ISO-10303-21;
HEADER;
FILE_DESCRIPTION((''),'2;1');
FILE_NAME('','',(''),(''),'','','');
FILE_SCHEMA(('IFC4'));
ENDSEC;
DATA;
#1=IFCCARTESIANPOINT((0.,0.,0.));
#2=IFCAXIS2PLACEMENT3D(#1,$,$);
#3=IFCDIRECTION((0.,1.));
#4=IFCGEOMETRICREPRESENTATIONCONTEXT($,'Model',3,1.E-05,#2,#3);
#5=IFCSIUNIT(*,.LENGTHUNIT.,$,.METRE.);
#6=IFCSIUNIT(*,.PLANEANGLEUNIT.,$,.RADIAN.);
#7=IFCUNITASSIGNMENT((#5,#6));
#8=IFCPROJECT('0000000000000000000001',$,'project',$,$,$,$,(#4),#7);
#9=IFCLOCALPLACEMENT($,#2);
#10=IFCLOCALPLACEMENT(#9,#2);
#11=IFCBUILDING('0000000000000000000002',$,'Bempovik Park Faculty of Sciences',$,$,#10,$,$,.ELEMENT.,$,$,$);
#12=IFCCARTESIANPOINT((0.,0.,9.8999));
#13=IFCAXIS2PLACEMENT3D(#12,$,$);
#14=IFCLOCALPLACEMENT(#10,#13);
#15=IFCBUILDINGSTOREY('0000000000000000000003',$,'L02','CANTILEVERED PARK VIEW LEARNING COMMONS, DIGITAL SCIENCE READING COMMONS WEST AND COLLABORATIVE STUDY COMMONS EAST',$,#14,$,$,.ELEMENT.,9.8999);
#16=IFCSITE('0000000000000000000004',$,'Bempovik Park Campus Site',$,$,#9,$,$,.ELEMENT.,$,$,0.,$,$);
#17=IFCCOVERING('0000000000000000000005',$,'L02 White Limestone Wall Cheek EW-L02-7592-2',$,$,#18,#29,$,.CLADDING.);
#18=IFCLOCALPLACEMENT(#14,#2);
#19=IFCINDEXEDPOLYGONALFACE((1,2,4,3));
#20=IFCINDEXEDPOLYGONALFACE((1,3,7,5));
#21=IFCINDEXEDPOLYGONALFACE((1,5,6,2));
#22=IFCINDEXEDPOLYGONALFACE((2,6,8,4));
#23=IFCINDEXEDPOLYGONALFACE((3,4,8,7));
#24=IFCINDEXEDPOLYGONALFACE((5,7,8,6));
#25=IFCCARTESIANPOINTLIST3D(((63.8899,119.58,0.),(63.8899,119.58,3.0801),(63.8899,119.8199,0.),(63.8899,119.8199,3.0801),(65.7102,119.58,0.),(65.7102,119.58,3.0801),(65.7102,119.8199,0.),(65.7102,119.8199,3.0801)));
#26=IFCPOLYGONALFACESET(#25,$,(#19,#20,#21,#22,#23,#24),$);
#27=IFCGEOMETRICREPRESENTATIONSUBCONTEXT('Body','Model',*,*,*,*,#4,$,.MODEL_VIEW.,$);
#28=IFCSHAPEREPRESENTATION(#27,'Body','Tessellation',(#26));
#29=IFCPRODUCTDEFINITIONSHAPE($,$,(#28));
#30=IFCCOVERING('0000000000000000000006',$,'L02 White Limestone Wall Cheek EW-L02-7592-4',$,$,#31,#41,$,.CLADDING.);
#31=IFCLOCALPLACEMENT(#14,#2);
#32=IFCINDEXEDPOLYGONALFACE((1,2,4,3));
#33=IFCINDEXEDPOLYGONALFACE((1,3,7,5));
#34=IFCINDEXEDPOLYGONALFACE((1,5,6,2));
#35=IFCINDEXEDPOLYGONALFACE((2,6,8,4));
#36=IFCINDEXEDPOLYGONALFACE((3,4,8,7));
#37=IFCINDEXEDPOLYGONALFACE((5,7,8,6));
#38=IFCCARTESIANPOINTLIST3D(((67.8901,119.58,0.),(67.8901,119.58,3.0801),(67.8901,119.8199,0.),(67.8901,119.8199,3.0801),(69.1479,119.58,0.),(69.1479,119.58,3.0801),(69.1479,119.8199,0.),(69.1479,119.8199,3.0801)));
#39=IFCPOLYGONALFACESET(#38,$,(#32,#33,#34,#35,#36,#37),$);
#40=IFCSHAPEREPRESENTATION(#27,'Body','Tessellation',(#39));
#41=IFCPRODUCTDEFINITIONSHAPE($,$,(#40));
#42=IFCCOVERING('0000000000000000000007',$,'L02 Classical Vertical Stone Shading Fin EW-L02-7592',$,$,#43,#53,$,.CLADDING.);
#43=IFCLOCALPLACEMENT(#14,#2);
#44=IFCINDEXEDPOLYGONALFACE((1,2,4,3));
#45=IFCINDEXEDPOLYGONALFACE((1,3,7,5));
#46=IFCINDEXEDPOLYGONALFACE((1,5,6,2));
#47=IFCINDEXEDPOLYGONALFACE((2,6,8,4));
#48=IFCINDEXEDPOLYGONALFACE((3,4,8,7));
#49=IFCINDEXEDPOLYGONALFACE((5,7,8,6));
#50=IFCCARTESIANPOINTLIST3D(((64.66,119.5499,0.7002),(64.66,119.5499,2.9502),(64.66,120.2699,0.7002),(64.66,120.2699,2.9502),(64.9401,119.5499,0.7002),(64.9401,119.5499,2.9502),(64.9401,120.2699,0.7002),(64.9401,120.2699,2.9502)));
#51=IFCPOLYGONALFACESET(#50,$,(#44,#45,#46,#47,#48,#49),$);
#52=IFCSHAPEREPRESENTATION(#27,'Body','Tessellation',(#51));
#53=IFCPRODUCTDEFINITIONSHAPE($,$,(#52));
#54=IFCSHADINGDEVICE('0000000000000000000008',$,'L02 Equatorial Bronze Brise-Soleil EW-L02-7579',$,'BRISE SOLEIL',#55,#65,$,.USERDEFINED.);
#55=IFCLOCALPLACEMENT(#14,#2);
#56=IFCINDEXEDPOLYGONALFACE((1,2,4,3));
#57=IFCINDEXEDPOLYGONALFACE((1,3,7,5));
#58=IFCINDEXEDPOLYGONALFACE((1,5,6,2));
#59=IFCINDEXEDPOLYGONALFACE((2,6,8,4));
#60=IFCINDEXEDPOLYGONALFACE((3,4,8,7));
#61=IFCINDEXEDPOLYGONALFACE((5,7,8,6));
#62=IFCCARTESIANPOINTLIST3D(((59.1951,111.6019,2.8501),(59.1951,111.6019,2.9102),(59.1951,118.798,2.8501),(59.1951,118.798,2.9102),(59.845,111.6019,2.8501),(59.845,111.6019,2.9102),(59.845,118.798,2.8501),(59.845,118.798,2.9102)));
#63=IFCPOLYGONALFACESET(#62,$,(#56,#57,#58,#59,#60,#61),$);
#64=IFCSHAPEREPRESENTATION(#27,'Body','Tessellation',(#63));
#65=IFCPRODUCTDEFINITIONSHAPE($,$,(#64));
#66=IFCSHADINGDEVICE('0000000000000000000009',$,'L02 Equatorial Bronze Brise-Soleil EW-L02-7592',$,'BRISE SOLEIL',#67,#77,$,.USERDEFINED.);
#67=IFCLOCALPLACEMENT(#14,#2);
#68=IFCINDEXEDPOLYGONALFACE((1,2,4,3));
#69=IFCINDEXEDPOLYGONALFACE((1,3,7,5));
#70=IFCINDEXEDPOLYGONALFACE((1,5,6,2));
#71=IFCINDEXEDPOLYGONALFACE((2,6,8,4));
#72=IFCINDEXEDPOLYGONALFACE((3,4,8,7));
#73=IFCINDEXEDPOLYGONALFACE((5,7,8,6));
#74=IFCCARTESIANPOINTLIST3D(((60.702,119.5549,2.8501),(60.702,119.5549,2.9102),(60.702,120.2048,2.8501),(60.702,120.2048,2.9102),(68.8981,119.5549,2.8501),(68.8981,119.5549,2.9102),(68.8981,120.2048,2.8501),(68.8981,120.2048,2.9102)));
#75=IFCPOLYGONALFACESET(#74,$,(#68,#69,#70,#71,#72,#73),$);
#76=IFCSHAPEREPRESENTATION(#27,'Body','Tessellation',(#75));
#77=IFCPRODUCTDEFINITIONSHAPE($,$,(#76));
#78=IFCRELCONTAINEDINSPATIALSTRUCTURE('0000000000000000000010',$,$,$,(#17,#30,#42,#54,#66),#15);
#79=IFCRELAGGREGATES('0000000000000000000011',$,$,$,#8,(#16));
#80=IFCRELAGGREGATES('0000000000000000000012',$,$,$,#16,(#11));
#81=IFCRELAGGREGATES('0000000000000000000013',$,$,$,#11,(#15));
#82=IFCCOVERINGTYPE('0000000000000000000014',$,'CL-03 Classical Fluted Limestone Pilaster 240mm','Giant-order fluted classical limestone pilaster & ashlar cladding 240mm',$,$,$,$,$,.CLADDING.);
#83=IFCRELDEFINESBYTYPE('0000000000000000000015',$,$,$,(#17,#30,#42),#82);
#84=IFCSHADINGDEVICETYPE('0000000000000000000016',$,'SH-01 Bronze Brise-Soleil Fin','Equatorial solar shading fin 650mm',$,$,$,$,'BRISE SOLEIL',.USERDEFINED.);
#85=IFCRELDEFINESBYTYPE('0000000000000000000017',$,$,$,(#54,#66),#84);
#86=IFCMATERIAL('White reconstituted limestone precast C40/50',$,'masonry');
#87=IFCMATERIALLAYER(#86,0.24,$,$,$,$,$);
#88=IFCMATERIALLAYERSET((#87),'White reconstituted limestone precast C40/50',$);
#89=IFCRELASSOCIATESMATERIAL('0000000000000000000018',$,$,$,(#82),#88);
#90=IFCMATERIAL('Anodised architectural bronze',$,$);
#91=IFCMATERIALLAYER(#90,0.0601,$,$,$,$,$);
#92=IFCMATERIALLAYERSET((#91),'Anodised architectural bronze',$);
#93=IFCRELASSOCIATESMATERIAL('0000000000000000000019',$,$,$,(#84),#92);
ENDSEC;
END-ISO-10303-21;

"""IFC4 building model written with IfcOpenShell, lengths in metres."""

from ifc_helpers import new_model, si_unit, direction, frame, origin, origin_2d, place, context, subcontext, project, spatial, rectangle, extrude, material, layer, layer_set, type_object, element, save


model = new_model("IFC4")

# Units and contexts
model_context = context("Model", 3, precision=1e-05, world=origin(), true_north=direction((0.0, 1.0)))
body_context = subcontext(model_context, "Body", "Model", "MODEL_VIEW")
ifc_project = project(units=[si_unit("LENGTHUNIT", "METRE"), si_unit("PLANEANGLEUNIT", "RADIAN")], contexts=[model_context])

# Site, building, storey
site_placement = place(None, origin())
site = spatial("IfcSite", under=ifc_project, at=site_placement, Name="Bempovik Park Campus Site", CompositionType="ELEMENT", RefElevation=0.0)
building_placement = place(site_placement, origin())
building = spatial("IfcBuilding", under=site, at=building_placement, Name="Bempovik Park Faculty of Sciences", CompositionType="ELEMENT")
storey_placement = place(building_placement, frame((0.0, 0.0, 9.8999)))
storey = spatial("IfcBuildingStorey", under=building, at=storey_placement, Name="L02", Description="CANTILEVERED PARK VIEW LEARNING COMMONS, DIGITAL SCIENCE READING COMMONS WEST AND COLLABORATIVE STUDY COMMONS EAST", CompositionType="ELEMENT", Elevation=9.8999)

# Coverings
ifc_material_1 = material(Name="White reconstituted limestone precast C40/50", Category="masonry")
ifc_layer_1 = layer(ifc_material_1, 0.24)
ifc_layer_set_1 = layer_set([ifc_layer_1], Name="White reconstituted limestone precast C40/50")
covering_type_1 = type_object("IfcCoveringType", Name="CL-03 Classical Fluted Limestone Pilaster 240mm", Description="Giant-order fluted classical limestone pilaster & ashlar cladding 240mm", PredefinedType="CLADDING", material=ifc_layer_set_1)
covering_1_placement = place(storey_placement, frame((64.8, 119.7, 0.0), z_axis=(0.0, 0.0, 1.0), x_axis=(1.0, 0.0, 0.0)))
element("IfcCovering", 1, at=covering_1_placement, inside=storey, type_object=covering_type_1, Name="L02 White Limestone Wall Cheek EW-L02-7592-2", PredefinedType="CLADDING", context=body_context, shape_type="SweptSolid", body=[
    extrude(rectangle(XDim=1.8203, YDim=0.24, at=origin_2d()), origin(), (0.0, 0.0, 1.0), 3.0801),
])
covering_2_placement = place(storey_placement, frame((68.519, 119.7, 0.0), z_axis=(0.0, 0.0, 1.0), x_axis=(1.0, 0.0, 0.0)))
element("IfcCovering", 2, at=covering_2_placement, inside=storey, type_object=covering_type_1, Name="L02 White Limestone Wall Cheek EW-L02-7592-4", PredefinedType="CLADDING", context=body_context, shape_type="SweptSolid", body=[
    extrude(rectangle(XDim=1.2578, YDim=0.24, at=origin_2d()), origin(), (0.0, 0.0, 1.0), 3.0801),
])
covering_3_placement = place(storey_placement, frame((64.8, 119.9099, 0.7002), z_axis=(0.0, 0.0, 1.0), x_axis=(1.0, 0.0, 0.0)))
element("IfcCovering", 3, at=covering_3_placement, inside=storey, type_object=covering_type_1, Name="L02 Classical Vertical Stone Shading Fin EW-L02-7592", PredefinedType="CLADDING", context=body_context, shape_type="SweptSolid", body=[
    extrude(rectangle(XDim=0.28, YDim=0.72, at=origin_2d()), origin(), (0.0, 0.0, 1.0), 2.25),
])

# Shading devices
ifc_material_2 = material(Name="Anodised architectural bronze")
ifc_layer_2 = layer(ifc_material_2, 0.0601)
ifc_layer_set_2 = layer_set([ifc_layer_2], Name="Anodised architectural bronze")
shading_device_type = type_object("IfcShadingDeviceType", Name="SH-01 Bronze Brise-Soleil Fin", Description="Equatorial solar shading fin 650mm", ElementType="BRISE SOLEIL", PredefinedType="USERDEFINED", material=ifc_layer_set_2)
shading_device_1_placement = place(storey_placement, frame((59.52, 115.2, 2.8501), z_axis=(0.0, 0.0, 1.0), x_axis=(1.0, 0.0, 0.0)))
element("IfcShadingDevice", 4, at=shading_device_1_placement, inside=storey, type_object=shading_device_type, Name="L02 Equatorial Bronze Brise-Soleil EW-L02-7579", ObjectType="BRISE SOLEIL", PredefinedType="USERDEFINED", context=body_context, shape_type="SweptSolid", body=[
    extrude(rectangle(XDim=0.6499, YDim=7.196, at=origin_2d()), origin(), (0.0, 0.0, 1.0), 0.0601),
])
shading_device_2_placement = place(storey_placement, frame((64.8, 119.8799, 2.8501), z_axis=(0.0, 0.0, 1.0), x_axis=(1.0, 0.0, 0.0)))
element("IfcShadingDevice", 5, at=shading_device_2_placement, inside=storey, type_object=shading_device_type, Name="L02 Equatorial Bronze Brise-Soleil EW-L02-7592", ObjectType="BRISE SOLEIL", PredefinedType="USERDEFINED", context=body_context, shape_type="SweptSolid", body=[
    extrude(rectangle(XDim=8.196, YDim=0.6499, at=origin_2d()), origin(), (0.0, 0.0, 1.0), 0.0601),
])

save(model, "model.ifc")
